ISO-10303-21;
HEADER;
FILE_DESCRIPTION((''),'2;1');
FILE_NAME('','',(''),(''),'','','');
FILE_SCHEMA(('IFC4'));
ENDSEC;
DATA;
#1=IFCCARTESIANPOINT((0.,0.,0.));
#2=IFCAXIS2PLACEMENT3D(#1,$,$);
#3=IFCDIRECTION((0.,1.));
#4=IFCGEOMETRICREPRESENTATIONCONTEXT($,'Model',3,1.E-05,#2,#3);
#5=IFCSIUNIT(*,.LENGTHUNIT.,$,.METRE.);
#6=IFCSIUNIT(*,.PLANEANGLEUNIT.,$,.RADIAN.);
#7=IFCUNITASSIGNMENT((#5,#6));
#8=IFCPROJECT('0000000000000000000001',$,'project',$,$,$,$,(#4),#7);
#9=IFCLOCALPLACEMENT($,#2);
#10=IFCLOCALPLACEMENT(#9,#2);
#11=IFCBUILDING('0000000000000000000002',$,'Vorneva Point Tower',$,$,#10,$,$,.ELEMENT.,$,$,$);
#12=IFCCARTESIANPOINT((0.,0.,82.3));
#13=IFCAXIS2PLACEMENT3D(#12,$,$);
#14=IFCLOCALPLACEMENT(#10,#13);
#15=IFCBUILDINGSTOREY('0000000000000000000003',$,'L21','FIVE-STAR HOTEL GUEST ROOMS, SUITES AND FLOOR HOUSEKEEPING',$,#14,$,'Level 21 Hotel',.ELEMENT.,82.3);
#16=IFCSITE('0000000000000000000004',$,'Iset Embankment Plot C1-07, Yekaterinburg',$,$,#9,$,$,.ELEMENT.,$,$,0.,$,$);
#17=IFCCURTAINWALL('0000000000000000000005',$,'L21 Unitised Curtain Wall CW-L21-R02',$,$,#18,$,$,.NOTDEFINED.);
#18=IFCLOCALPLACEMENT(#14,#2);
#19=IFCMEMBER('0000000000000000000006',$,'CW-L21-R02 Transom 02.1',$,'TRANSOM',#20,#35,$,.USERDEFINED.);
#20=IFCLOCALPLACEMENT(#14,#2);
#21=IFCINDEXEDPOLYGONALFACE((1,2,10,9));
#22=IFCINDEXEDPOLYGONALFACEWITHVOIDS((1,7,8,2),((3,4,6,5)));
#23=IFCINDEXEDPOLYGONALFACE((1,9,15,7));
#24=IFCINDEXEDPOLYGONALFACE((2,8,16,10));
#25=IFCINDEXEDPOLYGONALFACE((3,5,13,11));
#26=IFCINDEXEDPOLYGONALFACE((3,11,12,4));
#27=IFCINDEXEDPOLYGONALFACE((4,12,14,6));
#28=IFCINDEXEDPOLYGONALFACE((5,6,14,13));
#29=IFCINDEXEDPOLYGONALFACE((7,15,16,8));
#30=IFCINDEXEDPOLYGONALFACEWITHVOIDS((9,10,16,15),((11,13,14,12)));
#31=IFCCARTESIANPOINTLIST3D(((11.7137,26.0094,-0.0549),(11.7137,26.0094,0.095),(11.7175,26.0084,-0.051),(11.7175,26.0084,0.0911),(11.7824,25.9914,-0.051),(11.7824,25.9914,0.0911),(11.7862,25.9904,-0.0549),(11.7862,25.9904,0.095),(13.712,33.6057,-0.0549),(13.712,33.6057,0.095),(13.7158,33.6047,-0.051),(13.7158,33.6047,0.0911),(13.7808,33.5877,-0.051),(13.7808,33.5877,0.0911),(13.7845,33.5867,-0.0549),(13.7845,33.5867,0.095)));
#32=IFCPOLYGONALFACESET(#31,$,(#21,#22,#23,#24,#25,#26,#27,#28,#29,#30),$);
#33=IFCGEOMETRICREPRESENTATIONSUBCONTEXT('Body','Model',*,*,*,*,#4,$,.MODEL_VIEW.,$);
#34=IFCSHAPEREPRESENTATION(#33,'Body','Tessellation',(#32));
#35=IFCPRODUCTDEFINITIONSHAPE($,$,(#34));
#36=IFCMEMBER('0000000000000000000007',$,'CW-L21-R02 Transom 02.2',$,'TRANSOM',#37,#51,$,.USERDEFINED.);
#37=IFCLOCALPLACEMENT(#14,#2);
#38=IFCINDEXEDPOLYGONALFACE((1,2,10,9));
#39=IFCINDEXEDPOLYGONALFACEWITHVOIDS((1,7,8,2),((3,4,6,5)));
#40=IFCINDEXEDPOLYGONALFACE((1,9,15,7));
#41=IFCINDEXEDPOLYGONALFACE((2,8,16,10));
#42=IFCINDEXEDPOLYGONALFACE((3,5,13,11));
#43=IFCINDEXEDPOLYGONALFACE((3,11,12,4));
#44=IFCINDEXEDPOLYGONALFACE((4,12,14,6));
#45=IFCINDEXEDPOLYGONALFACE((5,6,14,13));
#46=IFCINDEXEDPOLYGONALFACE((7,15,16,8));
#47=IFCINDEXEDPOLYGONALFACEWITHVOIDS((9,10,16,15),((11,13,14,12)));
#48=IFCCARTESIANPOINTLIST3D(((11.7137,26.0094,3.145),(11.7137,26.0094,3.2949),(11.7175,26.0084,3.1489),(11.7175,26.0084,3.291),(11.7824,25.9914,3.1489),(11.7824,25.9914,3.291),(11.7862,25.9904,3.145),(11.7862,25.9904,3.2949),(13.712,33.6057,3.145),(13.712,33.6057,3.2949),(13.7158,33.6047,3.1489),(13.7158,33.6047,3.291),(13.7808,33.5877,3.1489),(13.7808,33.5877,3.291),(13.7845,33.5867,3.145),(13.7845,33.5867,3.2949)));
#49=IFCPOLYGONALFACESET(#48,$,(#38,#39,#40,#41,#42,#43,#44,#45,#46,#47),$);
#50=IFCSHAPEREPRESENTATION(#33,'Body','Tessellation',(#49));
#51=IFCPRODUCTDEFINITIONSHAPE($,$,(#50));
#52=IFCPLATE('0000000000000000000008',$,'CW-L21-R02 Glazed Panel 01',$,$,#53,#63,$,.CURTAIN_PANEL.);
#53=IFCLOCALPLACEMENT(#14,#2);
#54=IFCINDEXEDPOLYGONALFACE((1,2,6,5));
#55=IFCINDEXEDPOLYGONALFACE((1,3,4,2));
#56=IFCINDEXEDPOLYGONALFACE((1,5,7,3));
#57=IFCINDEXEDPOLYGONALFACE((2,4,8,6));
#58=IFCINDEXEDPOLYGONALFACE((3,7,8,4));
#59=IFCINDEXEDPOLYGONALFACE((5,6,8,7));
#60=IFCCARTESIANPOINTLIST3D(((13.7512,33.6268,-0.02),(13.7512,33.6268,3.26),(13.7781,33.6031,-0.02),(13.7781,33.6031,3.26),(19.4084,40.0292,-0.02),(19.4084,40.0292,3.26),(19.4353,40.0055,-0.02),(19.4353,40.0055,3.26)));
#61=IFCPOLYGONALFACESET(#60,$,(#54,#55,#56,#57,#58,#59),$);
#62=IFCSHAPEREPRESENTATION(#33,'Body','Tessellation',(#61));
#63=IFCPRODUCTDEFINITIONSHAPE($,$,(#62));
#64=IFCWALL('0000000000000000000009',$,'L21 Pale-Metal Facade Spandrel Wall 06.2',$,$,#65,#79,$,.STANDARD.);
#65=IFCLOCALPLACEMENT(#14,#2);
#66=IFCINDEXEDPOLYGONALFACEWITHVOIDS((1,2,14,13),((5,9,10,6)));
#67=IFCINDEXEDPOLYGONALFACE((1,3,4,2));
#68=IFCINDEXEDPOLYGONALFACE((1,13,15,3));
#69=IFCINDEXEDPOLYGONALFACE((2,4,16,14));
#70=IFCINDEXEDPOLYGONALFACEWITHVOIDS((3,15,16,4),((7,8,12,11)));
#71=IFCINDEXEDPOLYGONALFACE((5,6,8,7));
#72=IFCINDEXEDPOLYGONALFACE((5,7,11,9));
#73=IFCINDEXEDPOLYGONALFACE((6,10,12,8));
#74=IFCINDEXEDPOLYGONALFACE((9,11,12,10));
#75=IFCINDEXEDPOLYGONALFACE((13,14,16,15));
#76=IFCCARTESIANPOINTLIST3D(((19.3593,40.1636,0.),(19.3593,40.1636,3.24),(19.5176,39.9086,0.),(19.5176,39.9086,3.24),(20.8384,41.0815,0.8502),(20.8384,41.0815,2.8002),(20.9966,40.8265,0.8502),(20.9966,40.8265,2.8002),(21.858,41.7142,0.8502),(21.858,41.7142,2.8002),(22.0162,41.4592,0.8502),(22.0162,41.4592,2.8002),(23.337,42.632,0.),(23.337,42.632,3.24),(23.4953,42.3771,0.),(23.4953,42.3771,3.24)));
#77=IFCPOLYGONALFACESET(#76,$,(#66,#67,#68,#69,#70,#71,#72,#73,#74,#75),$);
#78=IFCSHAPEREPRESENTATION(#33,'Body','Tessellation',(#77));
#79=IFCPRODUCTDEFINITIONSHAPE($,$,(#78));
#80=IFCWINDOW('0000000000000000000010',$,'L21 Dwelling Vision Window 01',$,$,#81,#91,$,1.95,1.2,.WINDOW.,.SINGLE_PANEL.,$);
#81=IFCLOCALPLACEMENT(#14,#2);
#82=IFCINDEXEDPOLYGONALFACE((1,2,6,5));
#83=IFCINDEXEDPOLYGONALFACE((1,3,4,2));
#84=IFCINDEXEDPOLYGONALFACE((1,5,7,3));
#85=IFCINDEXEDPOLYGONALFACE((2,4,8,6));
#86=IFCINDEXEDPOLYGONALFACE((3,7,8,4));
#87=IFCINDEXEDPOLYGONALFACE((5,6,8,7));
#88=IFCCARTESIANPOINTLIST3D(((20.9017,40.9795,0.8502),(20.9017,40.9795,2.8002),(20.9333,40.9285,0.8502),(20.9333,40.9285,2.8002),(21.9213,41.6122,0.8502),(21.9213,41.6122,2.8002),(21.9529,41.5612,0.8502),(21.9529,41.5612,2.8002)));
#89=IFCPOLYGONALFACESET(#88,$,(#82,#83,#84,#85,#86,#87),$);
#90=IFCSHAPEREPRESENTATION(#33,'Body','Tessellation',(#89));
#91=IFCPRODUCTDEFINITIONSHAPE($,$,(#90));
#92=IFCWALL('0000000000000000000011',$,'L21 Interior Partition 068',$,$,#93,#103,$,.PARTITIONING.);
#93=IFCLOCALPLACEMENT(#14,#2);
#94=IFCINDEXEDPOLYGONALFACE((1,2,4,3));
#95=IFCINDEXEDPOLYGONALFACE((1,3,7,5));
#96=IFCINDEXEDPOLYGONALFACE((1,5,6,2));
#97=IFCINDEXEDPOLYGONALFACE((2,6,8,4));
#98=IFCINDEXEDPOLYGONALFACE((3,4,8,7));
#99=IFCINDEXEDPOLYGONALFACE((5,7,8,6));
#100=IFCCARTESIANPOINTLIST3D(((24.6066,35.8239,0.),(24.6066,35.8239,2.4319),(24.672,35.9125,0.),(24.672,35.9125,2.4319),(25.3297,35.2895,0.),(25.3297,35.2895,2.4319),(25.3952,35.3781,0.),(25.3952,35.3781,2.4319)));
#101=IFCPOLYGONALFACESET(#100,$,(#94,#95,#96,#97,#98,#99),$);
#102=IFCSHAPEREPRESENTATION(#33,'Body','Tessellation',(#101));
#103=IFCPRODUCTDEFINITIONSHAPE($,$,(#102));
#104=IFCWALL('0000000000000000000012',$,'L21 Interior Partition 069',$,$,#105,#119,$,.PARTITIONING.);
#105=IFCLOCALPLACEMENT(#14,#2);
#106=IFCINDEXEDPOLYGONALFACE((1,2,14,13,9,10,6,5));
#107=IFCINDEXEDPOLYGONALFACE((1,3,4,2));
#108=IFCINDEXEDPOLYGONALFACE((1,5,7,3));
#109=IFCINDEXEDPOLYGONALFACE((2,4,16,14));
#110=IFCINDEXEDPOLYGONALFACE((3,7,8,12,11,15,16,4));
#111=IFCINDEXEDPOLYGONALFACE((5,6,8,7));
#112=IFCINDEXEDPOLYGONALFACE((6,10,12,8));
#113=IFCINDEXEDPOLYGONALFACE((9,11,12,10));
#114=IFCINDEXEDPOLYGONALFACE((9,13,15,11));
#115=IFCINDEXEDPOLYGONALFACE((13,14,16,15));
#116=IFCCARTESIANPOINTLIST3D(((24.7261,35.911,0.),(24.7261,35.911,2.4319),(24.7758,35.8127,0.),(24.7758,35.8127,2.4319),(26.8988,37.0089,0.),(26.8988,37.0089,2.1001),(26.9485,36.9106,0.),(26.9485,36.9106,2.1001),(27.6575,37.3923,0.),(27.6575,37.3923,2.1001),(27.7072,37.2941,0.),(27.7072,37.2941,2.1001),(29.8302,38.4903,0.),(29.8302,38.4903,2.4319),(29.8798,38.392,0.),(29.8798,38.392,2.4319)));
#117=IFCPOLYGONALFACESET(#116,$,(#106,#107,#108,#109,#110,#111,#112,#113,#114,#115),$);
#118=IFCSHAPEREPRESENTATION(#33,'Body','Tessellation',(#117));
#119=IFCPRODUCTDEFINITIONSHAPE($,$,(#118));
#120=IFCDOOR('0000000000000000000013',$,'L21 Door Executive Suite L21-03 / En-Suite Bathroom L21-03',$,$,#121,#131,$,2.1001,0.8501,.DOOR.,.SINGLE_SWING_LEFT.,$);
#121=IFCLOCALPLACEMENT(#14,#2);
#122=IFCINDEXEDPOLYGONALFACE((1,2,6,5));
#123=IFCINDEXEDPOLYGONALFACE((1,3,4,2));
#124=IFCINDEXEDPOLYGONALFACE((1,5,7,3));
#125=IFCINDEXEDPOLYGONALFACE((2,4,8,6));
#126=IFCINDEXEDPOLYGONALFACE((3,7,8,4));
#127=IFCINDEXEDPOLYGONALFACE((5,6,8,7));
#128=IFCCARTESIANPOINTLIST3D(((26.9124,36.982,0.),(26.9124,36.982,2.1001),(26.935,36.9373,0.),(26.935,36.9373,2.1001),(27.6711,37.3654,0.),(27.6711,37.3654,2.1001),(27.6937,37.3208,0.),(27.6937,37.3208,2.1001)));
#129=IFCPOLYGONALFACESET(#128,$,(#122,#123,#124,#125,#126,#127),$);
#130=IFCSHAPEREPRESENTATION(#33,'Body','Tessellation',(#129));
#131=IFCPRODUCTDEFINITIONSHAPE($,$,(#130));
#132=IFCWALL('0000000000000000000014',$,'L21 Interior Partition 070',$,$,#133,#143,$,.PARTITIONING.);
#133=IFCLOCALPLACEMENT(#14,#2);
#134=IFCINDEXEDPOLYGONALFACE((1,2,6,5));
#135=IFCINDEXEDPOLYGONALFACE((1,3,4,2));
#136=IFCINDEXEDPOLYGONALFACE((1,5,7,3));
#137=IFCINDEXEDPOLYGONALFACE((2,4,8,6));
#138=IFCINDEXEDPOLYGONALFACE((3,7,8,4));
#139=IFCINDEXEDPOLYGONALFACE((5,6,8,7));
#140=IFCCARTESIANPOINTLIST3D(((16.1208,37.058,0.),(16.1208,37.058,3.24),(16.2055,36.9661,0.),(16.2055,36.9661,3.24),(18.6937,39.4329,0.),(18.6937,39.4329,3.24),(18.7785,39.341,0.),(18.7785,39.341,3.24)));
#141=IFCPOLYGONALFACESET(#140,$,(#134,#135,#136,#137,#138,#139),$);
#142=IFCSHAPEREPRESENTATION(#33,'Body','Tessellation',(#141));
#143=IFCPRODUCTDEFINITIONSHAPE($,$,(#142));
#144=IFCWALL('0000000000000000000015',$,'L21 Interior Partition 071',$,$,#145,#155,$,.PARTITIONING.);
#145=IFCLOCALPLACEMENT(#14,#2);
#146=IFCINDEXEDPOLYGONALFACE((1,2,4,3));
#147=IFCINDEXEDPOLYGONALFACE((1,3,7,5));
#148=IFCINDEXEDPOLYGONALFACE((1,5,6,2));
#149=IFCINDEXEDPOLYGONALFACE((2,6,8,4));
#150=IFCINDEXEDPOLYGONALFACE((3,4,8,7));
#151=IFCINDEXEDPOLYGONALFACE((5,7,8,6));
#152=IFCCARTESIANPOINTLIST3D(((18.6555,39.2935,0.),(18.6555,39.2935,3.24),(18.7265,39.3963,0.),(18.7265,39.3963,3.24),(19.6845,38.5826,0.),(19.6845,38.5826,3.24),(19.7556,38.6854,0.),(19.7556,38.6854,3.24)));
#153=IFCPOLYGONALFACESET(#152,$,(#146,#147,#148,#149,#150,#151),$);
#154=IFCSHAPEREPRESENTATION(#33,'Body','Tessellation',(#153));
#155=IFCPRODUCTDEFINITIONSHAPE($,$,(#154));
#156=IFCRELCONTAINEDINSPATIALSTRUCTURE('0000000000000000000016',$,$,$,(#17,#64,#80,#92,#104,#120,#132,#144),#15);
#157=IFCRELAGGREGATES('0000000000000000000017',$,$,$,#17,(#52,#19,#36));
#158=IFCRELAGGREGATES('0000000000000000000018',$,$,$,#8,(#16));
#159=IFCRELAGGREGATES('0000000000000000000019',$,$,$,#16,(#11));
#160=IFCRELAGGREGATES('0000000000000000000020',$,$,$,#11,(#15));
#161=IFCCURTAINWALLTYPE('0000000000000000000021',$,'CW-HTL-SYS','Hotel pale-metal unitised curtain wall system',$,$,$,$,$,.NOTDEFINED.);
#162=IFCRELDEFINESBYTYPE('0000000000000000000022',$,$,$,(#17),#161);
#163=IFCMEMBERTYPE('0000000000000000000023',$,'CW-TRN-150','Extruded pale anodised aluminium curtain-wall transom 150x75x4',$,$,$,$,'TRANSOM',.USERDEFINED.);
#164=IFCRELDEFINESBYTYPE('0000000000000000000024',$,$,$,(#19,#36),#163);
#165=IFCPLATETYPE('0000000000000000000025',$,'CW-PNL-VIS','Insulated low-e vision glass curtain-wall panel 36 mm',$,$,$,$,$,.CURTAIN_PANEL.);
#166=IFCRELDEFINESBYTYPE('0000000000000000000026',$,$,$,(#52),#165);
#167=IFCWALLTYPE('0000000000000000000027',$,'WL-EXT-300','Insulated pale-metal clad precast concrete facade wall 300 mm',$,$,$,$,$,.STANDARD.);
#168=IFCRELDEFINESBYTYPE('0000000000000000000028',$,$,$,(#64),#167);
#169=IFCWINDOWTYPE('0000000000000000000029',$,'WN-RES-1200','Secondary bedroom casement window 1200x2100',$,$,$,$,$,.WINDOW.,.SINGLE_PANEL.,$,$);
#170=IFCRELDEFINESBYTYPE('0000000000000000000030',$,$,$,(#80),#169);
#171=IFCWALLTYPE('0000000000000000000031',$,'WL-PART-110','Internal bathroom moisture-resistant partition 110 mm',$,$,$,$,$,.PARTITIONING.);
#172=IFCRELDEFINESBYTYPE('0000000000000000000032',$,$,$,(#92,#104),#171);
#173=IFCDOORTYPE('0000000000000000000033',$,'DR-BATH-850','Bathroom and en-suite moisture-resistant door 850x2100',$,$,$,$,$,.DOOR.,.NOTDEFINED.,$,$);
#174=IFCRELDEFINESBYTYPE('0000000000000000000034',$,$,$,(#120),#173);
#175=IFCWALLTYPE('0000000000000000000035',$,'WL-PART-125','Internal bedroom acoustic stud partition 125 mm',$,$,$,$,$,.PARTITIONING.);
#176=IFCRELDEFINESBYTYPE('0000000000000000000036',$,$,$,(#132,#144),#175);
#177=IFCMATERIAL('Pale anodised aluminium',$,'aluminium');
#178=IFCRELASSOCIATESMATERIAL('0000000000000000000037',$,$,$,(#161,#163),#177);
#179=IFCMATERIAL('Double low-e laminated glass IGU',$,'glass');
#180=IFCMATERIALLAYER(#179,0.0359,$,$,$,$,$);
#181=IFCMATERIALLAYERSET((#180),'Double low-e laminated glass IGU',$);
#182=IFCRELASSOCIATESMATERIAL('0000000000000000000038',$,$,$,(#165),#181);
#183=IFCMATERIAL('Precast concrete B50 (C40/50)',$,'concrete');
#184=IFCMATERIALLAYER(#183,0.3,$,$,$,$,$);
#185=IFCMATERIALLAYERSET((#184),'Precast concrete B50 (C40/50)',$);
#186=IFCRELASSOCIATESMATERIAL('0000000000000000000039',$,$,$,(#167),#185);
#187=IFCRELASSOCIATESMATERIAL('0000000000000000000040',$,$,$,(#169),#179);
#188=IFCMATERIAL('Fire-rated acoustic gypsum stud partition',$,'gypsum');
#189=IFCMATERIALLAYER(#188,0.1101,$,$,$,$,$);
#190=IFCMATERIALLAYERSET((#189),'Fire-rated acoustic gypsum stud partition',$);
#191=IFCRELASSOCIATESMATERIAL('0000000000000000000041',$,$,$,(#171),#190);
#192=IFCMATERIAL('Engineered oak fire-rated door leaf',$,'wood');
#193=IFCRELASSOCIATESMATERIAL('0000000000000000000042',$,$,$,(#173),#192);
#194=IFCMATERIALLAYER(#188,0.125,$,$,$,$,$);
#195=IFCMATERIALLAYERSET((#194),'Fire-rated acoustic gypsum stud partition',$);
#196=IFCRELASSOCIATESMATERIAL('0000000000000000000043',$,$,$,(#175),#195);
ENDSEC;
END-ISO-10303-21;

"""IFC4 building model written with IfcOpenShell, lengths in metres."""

from ifc_helpers import new_model, si_unit, direction, frame, frame_2d, origin, origin_2d, place, context, subcontext, project, spatial, rectangle, hollow_rectangle, extrude, material, layer, layer_set, material_profile, profile_set, type_object, element, fill, aggregate, save


model = new_model("IFC4")

# Units and contexts
model_context = context("Model", 3, precision=1e-05, world=origin(), true_north=direction((0.0, 1.0)))
body_context = subcontext(model_context, "Body", "Model", "MODEL_VIEW")
ifc_project = project(units=[si_unit("LENGTHUNIT", "METRE"), si_unit("PLANEANGLEUNIT", "RADIAN")], contexts=[model_context])

# Site, building, storey
site_placement = place(None, origin())
site = spatial("IfcSite", under=ifc_project, at=site_placement, Name="Iset Embankment Plot C1-07, Yekaterinburg", CompositionType="ELEMENT", RefElevation=0.0)
building_placement = place(site_placement, origin())
building = spatial("IfcBuilding", under=site, at=building_placement, Name="Vorneva Point Tower", CompositionType="ELEMENT")
storey_placement = place(building_placement, frame((0.0, 0.0, 82.3)))
storey = spatial("IfcBuildingStorey", under=building, at=storey_placement, Name="L21", Description="FIVE-STAR HOTEL GUEST ROOMS, SUITES AND FLOOR HOUSEKEEPING", LongName="Level 21 Hotel", CompositionType="ELEMENT", Elevation=82.3)

# Curtain wall, members, plate
ifc_material_1 = material(Name="Pale anodised aluminium", Category="aluminium")
curtain_wall_type = type_object("IfcCurtainWallType", Name="CW-HTL-SYS", Description="Hotel pale-metal unitised curtain wall system", PredefinedType="NOTDEFINED", material=ifc_material_1)
curtain_wall_placement = place(storey_placement, origin())
curtain_wall = element("IfcCurtainWall", 1, at=curtain_wall_placement, inside=storey, type_object=curtain_wall_type, Name="L21 Unitised Curtain Wall CW-L21-R02", PredefinedType="NOTDEFINED")
ifc_material_profile_1 = material_profile(ifc_material_1, hollow_rectangle(XDim=0.075, YDim=0.1499, WallThickness=0.0039, at=origin_2d()), Name="AL-TRN 150x75x4")
ifc_profile_set_1 = profile_set([ifc_material_profile_1], Name="Pale anodised aluminium")
member_type_1 = type_object("IfcMemberType", Name="CW-TRN-150", Description="Extruded pale anodised aluminium curtain-wall transom 150x75x4", ElementType="TRANSOM", PredefinedType="USERDEFINED", material=ifc_profile_set_1)
member_1_placement = place(storey_placement, frame((13.7483, 33.5962, 0.02), z_axis=(-0.254409, -0.967097, 0.0), x_axis=(0.967097, -0.254409, 0.0)))
member_1 = element("IfcMember", 2, at=member_1_placement, type_object=member_type_1, Name="CW-L21-R02 Transom 02.1", ObjectType="TRANSOM", PredefinedType="USERDEFINED", context=body_context, shape_type="SweptSolid", body=[
    extrude(hollow_rectangle(XDim=0.075, YDim=0.1499, WallThickness=0.0039, at=origin_2d()), origin(), (0.0, 0.0, 1.0), 7.8547),
])
member_2_placement = place(storey_placement, frame((13.7483, 33.5962, 3.22), z_axis=(-0.254409, -0.967097, 0.0), x_axis=(0.967097, -0.254409, 0.0)))
member_2 = element("IfcMember", 3, at=member_2_placement, type_object=member_type_1, Name="CW-L21-R02 Transom 02.2", ObjectType="TRANSOM", PredefinedType="USERDEFINED", context=body_context, shape_type="SweptSolid", body=[
    extrude(hollow_rectangle(XDim=0.075, YDim=0.1499, WallThickness=0.0039, at=origin_2d()), origin(), (0.0, 0.0, 1.0), 7.8547),
])
ifc_material_2 = material(Name="Double low-e laminated glass IGU", Category="glass")
ifc_layer_1 = layer(ifc_material_2, 0.0359)
ifc_layer_set_1 = layer_set([ifc_layer_1], Name="Double low-e laminated glass IGU")
plate_type = type_object("IfcPlateType", Name="CW-PNL-VIS", Description="Insulated low-e vision glass curtain-wall panel 36 mm", PredefinedType="CURTAIN_PANEL", material=ifc_layer_set_1)
plate_placement = place(storey_placement, frame((16.5933, 36.8162, -0.02), z_axis=(0.0, 0.0, 1.0), x_axis=(-0.662149, -0.749372, 0.0)))
plate = element("IfcPlate", 4, at=plate_placement, type_object=plate_type, Name="CW-L21-R02 Glazed Panel 01", PredefinedType="CURTAIN_PANEL", context=body_context, shape_type="SweptSolid", body=[
    extrude(rectangle(XDim=8.5437, YDim=0.0359, at=origin_2d()), origin(), (0.0, 0.0, 1.0), 3.28),
])
aggregate(curtain_wall, [plate, member_1, member_2])

# Wall, opening, window
ifc_material_3 = material(Name="Precast concrete B50 (C40/50)", Category="concrete")
ifc_layer_2 = layer(ifc_material_3, 0.3)
ifc_layer_set_2 = layer_set([ifc_layer_2], Name="Precast concrete B50 (C40/50)")
wall_type_1 = type_object("IfcWallType", Name="WL-EXT-300", Description="Insulated pale-metal clad precast concrete facade wall 300 mm", PredefinedType="STANDARD", material=ifc_layer_set_2)
wall_1_placement = place(storey_placement, frame((23.4163, 42.5046, 0.0), z_axis=(0.0, 0.0, 1.0), x_axis=(-0.849684, -0.527291, 0.0)))
wall_1 = element("IfcWall", 5, at=wall_1_placement, inside=storey, type_object=wall_type_1, Name="L21 Pale-Metal Facade Spandrel Wall 06.2", PredefinedType="STANDARD", context=body_context, shape_type="SweptSolid", body=[
    extrude(rectangle(XDim=4.6814, YDim=0.3, at=frame_2d((2.3408, 0.0))), origin(), (0.0, 0.0, 1.0), 3.24),
])
opening_1_placement = place(wall_1_placement, frame((1.7407, 0.0, 0.8501)))
opening_1 = element("IfcOpeningElement", 6, at=opening_1_placement, cuts=wall_1, PredefinedType="OPENING", context=body_context, shape_type="SweptSolid", body=[
    extrude(rectangle(XDim=1.2, YDim=1.95, at=frame_2d((0.6001, 0.9751))), frame((0.0, 0.165, 0.0), z_axis=(0.0, -1.0, 0.0), x_axis=(1.0, 0.0, 0.0)), (0.0, 0.0, 1.0), 0.3298),
])
window_type = type_object("IfcWindowType", Name="WN-RES-1200", Description="Secondary bedroom casement window 1200x2100", PartitioningType="SINGLE_PANEL", PredefinedType="WINDOW", material=ifc_material_2)
window_placement = place(opening_1_placement, origin())
window = element("IfcWindow", 7, at=window_placement, inside=storey, type_object=window_type, Name="L21 Dwelling Vision Window 01", OverallHeight=1.95, OverallWidth=1.2, PartitioningType="SINGLE_PANEL", PredefinedType="WINDOW", context=body_context, shape_type="SweptSolid", body=[
    extrude(rectangle(XDim=1.2, YDim=1.95, at=frame_2d((0.6001, 0.9751))), frame((0.0, 0.03, 0.0), z_axis=(0.0, -1.0, 0.0), x_axis=(1.0, 0.0, 0.0)), (0.0, 0.0, 1.0), 0.0601),
])
fill(opening_1, window)

# Wall
ifc_material_4 = material(Name="Fire-rated acoustic gypsum stud partition", Category="gypsum")
ifc_layer_3 = layer(ifc_material_4, 0.1101)
ifc_layer_set_3 = layer_set([ifc_layer_3], Name="Fire-rated acoustic gypsum stud partition")
wall_type_2 = type_object("IfcWallType", Name="WL-PART-110", Description="Internal bathroom moisture-resistant partition 110 mm", PredefinedType="PARTITIONING", material=ifc_layer_set_3)
wall_2_placement = place(storey_placement, frame((25.3625, 35.3337, 0.0), z_axis=(0.0, 0.0, 1.0), x_axis=(-0.804216, 0.594338, 0.0)))
element("IfcWall", 8, at=wall_2_placement, inside=storey, type_object=wall_type_2, Name="L21 Interior Partition 068", PredefinedType="PARTITIONING", context=body_context, shape_type="SweptSolid", body=[
    extrude(rectangle(XDim=0.8992, YDim=0.1101, at=frame_2d((0.4497, 0.0))), origin(), (0.0, 0.0, 1.0), 2.4319),
])

# Wall, opening, door
wall_3_placement = place(storey_placement, frame((24.751, 35.8618, 0.0), z_axis=(0.0, 0.0, 1.0), x_axis=(0.892506, 0.451035, 0.0)))
wall_3 = element("IfcWall", 9, at=wall_3_placement, inside=storey, type_object=wall_type_2, Name="L21 Interior Partition 069", PredefinedType="PARTITIONING", context=body_context, shape_type="SweptSolid", body=[
    extrude(rectangle(XDim=5.7188, YDim=0.1101, at=frame_2d((2.8594, 0.0))), origin(), (0.0, 0.0, 1.0), 2.4319),
])
opening_2_placement = place(wall_3_placement, frame((2.4343, 0.0, 0.0)))
opening_2 = element("IfcOpeningElement", 10, at=opening_2_placement, cuts=wall_3, PredefinedType="OPENING", context=body_context, shape_type="SweptSolid", body=[
    extrude(rectangle(XDim=0.8501, YDim=2.1001, at=frame_2d((0.425, 1.05))), frame((0.0, 0.0698, 0.0), z_axis=(0.0, -1.0, 0.0), x_axis=(1.0, 0.0, 0.0)), (0.0, 0.0, 1.0), 0.1399),
])
ifc_material_5 = material(Name="Engineered oak fire-rated door leaf", Category="wood")
door_type_1 = type_object("IfcDoorType", Name="DR-BATH-850", Description="Bathroom and en-suite moisture-resistant door 850x2100", OperationType="NOTDEFINED", PredefinedType="DOOR", material=ifc_material_5)
door_1_placement = place(opening_2_placement, origin())
door_1 = element("IfcDoor", 11, at=door_1_placement, inside=storey, type_object=door_type_1, Name="L21 Door Executive Suite L21-03 / En-Suite Bathroom L21-03", OperationType="SINGLE_SWING_LEFT", OverallHeight=2.1001, OverallWidth=0.8501, PredefinedType="DOOR", context=body_context, shape_type="SweptSolid", body=[
    extrude(rectangle(XDim=0.8501, YDim=2.1001, at=frame_2d((0.425, 1.05))), frame((0.0, 0.0249, 0.0), z_axis=(0.0, -1.0, 0.0), x_axis=(1.0, 0.0, 0.0)), (0.0, 0.0, 1.0), 0.05),
])
fill(opening_2, door_1)

# Walls
ifc_layer_4 = layer(ifc_material_4, 0.125)
ifc_layer_set_4 = layer_set([ifc_layer_4], Name="Fire-rated acoustic gypsum stud partition")
wall_type_3 = type_object("IfcWallType", Name="WL-PART-125", Description="Internal bedroom acoustic stud partition 125 mm", PredefinedType="PARTITIONING", material=ifc_layer_set_4)
wall_4_placement = place(storey_placement, frame((18.7361, 39.387, 0.0), z_axis=(0.0, 0.0, 1.0), x_axis=(-0.734814, -0.678269, 0.0)))
element("IfcWall", 12, at=wall_4_placement, inside=storey, type_object=wall_type_3, Name="L21 Interior Partition 070", PredefinedType="PARTITIONING", context=body_context, shape_type="SweptSolid", body=[
    extrude(rectangle(XDim=3.5015, YDim=0.125, at=frame_2d((1.7507, 0.0))), origin(), (0.0, 0.0, 1.0), 3.24),
])
wall_5_placement = place(storey_placement, frame((18.6909, 39.345, 0.0), z_axis=(0.0, 0.0, 1.0), x_axis=(0.822747, -0.568408, 0.0)))
element("IfcWall", 13, at=wall_5_placement, inside=storey, type_object=wall_type_3, Name="L21 Interior Partition 071", PredefinedType="PARTITIONING", context=body_context, shape_type="SweptSolid", body=[
    extrude(rectangle(XDim=1.2507, YDim=0.125, at=frame_2d((0.6255, 0.0))), origin(), (0.0, 0.0, 1.0), 3.24),
])

save(model, "model.ifc")
